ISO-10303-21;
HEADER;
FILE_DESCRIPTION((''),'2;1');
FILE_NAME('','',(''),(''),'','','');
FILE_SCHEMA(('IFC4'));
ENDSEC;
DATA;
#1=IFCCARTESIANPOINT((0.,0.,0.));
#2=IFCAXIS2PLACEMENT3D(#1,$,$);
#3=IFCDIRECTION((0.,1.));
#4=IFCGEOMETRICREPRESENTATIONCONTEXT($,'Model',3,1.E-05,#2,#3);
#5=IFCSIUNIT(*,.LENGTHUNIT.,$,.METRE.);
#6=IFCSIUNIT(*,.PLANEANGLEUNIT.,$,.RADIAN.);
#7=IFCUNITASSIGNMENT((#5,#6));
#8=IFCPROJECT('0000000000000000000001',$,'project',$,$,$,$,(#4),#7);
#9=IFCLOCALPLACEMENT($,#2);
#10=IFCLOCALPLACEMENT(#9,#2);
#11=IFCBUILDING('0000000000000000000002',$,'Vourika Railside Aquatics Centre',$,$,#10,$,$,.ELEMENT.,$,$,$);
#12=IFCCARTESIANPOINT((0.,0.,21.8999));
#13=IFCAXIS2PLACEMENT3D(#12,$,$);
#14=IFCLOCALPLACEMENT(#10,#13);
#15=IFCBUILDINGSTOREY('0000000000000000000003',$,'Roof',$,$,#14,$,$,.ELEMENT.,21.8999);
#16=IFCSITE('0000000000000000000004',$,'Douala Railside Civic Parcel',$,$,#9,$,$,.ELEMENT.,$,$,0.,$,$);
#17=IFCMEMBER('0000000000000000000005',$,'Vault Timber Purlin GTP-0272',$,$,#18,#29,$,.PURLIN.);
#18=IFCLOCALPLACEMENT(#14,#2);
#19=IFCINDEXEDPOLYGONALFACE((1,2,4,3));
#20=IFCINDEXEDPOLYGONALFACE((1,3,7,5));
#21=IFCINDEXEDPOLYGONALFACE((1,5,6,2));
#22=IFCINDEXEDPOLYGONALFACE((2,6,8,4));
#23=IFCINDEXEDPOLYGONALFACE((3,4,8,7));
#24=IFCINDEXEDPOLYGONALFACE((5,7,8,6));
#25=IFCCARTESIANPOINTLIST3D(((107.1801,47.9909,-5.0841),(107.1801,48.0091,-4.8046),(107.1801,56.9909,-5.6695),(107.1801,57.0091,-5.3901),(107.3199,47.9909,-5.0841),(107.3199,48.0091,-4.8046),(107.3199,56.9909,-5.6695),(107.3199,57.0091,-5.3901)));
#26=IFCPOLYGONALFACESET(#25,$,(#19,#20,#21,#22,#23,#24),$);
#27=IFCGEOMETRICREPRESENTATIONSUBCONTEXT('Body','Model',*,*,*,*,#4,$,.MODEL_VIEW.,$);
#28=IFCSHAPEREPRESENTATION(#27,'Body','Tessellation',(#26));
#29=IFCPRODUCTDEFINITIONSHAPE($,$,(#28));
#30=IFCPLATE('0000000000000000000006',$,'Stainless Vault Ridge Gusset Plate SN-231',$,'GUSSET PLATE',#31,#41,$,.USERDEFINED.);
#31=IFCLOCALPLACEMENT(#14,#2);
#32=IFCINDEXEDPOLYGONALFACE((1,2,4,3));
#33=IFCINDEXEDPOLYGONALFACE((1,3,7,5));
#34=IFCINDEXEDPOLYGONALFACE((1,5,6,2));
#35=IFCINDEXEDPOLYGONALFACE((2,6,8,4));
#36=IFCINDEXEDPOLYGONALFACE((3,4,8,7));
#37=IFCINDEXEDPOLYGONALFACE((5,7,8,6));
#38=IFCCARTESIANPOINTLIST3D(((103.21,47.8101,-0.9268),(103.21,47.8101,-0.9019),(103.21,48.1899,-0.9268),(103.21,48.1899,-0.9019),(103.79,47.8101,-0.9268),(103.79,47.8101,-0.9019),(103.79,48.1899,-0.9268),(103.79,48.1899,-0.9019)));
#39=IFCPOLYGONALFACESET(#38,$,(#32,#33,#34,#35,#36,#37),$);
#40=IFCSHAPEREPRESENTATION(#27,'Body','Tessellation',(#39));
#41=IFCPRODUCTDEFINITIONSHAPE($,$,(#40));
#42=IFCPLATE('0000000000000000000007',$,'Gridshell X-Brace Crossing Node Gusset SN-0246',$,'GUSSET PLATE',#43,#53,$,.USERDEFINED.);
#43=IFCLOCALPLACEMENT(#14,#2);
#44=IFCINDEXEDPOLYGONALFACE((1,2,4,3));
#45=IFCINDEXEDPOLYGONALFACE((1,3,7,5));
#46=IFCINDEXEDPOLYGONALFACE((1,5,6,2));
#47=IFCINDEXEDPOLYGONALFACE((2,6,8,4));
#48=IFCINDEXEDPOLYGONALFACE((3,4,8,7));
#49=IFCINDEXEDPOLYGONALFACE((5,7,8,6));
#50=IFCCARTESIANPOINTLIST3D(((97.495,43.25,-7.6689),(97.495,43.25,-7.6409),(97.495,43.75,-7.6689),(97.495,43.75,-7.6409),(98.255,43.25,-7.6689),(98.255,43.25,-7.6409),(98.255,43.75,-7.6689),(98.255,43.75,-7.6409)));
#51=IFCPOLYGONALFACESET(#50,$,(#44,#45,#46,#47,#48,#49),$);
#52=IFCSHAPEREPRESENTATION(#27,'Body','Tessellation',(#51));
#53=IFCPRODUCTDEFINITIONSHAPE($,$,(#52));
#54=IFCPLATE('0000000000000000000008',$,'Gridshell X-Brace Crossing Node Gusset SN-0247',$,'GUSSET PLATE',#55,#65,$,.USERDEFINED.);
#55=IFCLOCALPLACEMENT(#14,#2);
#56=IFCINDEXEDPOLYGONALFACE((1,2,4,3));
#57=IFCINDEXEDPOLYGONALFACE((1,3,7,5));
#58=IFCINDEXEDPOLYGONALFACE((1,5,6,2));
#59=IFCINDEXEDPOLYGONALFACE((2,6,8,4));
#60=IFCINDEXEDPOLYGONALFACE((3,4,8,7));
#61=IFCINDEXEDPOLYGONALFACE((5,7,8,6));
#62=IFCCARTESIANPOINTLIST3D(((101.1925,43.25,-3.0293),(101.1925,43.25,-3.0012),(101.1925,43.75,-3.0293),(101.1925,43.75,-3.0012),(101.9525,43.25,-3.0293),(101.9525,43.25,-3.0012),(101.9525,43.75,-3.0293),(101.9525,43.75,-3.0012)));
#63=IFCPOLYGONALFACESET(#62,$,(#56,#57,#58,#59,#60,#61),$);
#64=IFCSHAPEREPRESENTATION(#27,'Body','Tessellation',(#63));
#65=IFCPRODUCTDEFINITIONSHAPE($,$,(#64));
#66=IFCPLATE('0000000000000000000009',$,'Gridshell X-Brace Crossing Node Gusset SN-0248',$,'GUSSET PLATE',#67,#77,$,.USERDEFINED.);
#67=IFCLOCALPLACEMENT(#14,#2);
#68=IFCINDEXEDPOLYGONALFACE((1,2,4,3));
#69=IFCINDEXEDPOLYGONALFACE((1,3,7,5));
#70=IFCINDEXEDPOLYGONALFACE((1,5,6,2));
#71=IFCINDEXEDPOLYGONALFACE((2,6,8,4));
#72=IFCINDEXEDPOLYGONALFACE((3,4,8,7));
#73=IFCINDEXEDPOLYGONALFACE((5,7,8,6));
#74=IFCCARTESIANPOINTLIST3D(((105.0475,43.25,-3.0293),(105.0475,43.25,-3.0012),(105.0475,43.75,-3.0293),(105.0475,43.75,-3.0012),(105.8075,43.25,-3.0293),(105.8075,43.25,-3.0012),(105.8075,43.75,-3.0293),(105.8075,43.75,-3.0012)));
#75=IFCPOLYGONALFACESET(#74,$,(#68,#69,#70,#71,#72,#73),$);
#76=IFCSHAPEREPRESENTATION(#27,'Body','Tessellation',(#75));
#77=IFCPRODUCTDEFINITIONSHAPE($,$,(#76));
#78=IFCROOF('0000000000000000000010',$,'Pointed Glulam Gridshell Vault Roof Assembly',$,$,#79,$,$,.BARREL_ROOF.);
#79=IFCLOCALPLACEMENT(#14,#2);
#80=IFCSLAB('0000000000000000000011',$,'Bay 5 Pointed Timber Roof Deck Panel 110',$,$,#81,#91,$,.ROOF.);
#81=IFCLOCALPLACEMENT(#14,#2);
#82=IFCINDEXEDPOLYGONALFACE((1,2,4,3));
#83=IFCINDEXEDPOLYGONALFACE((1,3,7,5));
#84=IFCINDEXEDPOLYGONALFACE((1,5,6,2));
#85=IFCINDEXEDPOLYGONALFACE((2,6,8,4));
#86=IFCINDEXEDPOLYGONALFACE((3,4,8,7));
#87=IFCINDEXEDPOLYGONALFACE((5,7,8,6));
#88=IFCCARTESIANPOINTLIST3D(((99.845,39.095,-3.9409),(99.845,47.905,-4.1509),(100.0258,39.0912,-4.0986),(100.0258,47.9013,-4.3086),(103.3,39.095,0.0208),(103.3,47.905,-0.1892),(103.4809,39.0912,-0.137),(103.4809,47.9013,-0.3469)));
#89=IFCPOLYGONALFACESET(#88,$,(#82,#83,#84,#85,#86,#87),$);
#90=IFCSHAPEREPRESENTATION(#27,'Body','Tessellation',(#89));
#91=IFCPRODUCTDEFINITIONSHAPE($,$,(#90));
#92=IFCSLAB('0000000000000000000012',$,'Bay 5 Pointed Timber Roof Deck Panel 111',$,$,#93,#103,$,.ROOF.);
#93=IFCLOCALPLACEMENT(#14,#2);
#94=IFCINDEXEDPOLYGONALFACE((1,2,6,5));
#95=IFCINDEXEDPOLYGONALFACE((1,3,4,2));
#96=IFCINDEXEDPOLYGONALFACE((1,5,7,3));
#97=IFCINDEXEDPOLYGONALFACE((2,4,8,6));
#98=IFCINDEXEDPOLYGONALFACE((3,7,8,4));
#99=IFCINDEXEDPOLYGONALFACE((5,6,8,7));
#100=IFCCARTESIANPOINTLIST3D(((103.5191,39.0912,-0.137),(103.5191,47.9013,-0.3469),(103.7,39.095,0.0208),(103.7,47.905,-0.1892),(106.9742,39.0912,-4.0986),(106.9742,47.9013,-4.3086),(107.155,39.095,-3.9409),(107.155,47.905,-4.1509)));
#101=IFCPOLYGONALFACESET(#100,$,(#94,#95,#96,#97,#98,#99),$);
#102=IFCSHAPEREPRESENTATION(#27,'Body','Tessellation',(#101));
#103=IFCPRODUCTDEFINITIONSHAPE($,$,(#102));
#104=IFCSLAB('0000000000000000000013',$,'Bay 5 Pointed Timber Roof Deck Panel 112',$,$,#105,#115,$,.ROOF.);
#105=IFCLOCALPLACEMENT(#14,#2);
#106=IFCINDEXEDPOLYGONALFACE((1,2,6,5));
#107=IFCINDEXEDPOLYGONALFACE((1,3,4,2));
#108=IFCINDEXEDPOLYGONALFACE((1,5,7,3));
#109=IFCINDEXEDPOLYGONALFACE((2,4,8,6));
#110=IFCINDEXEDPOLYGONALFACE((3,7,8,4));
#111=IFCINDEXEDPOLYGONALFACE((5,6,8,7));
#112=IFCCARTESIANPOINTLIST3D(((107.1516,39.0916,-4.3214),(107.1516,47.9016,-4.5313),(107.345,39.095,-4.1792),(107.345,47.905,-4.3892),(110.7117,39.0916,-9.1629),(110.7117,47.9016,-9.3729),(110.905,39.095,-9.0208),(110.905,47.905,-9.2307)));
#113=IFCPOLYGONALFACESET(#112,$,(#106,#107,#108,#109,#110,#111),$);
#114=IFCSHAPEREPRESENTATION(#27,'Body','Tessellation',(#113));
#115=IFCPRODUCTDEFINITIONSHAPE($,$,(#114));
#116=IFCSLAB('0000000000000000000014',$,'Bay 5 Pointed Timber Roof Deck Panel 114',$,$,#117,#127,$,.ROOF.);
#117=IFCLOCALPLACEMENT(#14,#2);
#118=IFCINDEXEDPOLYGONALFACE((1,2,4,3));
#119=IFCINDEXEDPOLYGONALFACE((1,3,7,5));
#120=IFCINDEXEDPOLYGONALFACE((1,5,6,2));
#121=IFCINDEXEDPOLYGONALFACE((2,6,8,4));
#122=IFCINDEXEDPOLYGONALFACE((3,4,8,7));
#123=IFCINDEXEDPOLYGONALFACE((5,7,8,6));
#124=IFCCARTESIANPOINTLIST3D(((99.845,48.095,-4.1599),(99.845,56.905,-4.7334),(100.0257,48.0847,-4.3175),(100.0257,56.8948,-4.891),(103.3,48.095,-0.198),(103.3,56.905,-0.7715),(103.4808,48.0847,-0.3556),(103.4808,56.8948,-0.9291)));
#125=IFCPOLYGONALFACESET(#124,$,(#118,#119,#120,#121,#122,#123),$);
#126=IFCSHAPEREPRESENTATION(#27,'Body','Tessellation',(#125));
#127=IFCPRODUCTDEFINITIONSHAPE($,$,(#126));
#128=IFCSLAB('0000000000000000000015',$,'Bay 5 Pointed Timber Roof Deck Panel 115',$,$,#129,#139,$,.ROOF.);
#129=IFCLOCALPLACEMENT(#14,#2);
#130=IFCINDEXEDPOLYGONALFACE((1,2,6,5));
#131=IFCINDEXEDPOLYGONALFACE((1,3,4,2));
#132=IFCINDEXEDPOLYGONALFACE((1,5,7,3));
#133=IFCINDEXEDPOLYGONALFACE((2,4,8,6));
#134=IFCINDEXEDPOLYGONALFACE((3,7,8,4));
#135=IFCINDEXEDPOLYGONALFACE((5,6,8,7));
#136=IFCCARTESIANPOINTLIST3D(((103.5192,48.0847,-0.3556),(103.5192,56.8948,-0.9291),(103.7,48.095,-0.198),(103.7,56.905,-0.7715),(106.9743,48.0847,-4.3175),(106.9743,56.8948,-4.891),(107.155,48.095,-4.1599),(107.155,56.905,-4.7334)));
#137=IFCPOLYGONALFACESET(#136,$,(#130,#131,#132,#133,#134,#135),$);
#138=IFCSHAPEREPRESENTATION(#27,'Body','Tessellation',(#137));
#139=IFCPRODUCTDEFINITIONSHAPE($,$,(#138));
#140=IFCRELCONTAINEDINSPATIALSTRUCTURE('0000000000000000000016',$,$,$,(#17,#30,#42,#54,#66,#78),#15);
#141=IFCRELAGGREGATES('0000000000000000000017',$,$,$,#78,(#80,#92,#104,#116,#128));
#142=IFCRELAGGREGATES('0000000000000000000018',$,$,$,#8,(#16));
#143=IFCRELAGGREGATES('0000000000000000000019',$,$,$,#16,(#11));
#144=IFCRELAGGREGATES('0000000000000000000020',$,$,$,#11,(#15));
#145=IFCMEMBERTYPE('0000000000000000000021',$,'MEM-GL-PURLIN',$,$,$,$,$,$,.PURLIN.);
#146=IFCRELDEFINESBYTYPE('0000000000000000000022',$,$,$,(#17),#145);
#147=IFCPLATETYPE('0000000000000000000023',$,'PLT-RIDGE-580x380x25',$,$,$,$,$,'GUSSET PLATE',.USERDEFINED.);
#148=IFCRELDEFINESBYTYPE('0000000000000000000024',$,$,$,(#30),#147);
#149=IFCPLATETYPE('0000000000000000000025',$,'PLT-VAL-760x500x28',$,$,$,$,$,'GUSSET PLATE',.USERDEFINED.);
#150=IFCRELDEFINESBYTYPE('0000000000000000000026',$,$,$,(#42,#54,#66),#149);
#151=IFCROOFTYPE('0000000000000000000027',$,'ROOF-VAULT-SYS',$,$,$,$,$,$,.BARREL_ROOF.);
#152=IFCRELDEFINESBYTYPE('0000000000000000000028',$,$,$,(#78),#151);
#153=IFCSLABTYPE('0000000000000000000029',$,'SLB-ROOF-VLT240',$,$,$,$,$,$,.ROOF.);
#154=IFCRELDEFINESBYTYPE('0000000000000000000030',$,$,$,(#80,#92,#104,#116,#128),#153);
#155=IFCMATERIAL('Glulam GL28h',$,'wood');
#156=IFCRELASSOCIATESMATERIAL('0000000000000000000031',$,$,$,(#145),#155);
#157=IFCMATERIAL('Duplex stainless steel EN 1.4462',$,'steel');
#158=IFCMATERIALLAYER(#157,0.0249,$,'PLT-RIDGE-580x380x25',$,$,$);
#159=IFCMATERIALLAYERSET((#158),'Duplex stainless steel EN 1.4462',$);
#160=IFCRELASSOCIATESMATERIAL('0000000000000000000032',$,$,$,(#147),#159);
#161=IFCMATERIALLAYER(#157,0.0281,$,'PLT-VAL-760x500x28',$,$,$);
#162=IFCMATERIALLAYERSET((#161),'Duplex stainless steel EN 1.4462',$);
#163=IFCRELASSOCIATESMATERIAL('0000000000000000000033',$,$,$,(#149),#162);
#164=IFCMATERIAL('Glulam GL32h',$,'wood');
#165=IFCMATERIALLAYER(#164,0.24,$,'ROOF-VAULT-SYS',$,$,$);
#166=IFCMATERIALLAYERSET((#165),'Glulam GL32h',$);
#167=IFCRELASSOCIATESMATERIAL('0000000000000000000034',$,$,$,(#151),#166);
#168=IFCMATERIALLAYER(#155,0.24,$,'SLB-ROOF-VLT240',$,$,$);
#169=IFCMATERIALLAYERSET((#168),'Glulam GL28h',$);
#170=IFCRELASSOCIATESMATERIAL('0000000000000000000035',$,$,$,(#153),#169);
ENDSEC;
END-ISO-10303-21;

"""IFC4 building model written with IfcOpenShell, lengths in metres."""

from ifc_helpers import new_model, si_unit, direction, frame, origin, origin_2d, place, context, subcontext, project, spatial, polyline, rectangle, outline, extrude, material, layer, layer_set, material_profile, profile_set, type_object, element, aggregate, save


model = new_model("IFC4")

# Units and contexts
model_context = context("Model", 3, precision=1e-05, world=origin(), true_north=direction((0.0, 1.0)))
body_context = subcontext(model_context, "Body", "Model", "MODEL_VIEW")
ifc_project = project(units=[si_unit("LENGTHUNIT", "METRE"), si_unit("PLANEANGLEUNIT", "RADIAN")], contexts=[model_context])

# Site, building, storey
site_placement = place(None, origin())
site = spatial("IfcSite", under=ifc_project, at=site_placement, Name="Douala Railside Civic Parcel", CompositionType="ELEMENT", RefElevation=0.0)
building_placement = place(site_placement, origin())
building = spatial("IfcBuilding", under=site, at=building_placement, Name="Vourika Railside Aquatics Centre", CompositionType="ELEMENT")
storey_placement = place(building_placement, frame((0.0, 0.0, 21.8999)))
storey = spatial("IfcBuildingStorey", under=building, at=storey_placement, Name="Roof", CompositionType="ELEMENT", Elevation=21.8999)

# Shared definitions
ifc_material_1 = material(Name="Glulam GL32h", Category="wood")

# Member
ifc_material_2 = material(Name="Glulam GL28h", Category="wood")
ifc_material_profile_1 = material_profile(ifc_material_2, rectangle(XDim=0.1399, YDim=0.28, at=origin_2d()), Name="GL28h 140x280")
ifc_profile_set_1 = profile_set([ifc_material_profile_1], Name="Glulam GL28h")
member_type_1 = type_object("IfcMemberType", Name="MEM-GL-PURLIN", PredefinedType="PURLIN", material=ifc_profile_set_1)
for number, where, z_axis, x_axis, name in (
    (1, (107.25, 48.0, -4.9443), (0.0, 0.997891, -0.064913), (-1.0, 0.0, 0.0), "Vault Timber Purlin GTP-0272"),
):
    element("IfcMember", number, at=place(storey_placement, frame(where, z_axis=z_axis, x_axis=x_axis)), inside=storey, type_object=member_type_1, Name=name, PredefinedType="PURLIN", context=body_context, shape_type="SweptSolid", body=[
        extrude(rectangle(XDim=0.1399, YDim=0.28, at=origin_2d()), origin(), (0.0, 0.0, 1.0), 9.019),
    ])

# Plates
ifc_material_3 = material(Name="Duplex stainless steel EN 1.4462", Category="steel")
ifc_layer_1 = layer(ifc_material_3, 0.0249, Name="PLT-RIDGE-580x380x25")
ifc_layer_set_1 = layer_set([ifc_layer_1], Name="Duplex stainless steel EN 1.4462")
plate_type_1 = type_object("IfcPlateType", Name="PLT-RIDGE-580x380x25", ElementType="GUSSET PLATE", PredefinedType="USERDEFINED", material=ifc_layer_set_1)
plate_placement = place(storey_placement, frame((103.5, 48.0, -0.9268), z_axis=(0.0, 0.0, 1.0), x_axis=(1.0, 0.0, 0.0)))
element("IfcPlate", 2, at=plate_placement, inside=storey, type_object=plate_type_1, Name="Stainless Vault Ridge Gusset Plate SN-231", ObjectType="GUSSET PLATE", PredefinedType="USERDEFINED", context=body_context, shape_type="SweptSolid", body=[
    extrude(rectangle(XDim=0.5801, YDim=0.3799, at=origin_2d()), origin(), (0.0, 0.0, 1.0), 0.0249),
])
ifc_layer_2 = layer(ifc_material_3, 0.0281, Name="PLT-VAL-760x500x28")
ifc_layer_set_2 = layer_set([ifc_layer_2], Name="Duplex stainless steel EN 1.4462")
plate_type_2 = type_object("IfcPlateType", Name="PLT-VAL-760x500x28", ElementType="GUSSET PLATE", PredefinedType="USERDEFINED", material=ifc_layer_set_2)
for number, where, z_axis, x_axis, name in (
    (3, (97.875, 43.5, -7.6689), (0.0, 0.0, 1.0), (1.0, 0.0, 0.0), "Gridshell X-Brace Crossing Node Gusset SN-0246"),
    (4, (101.5725, 43.5, -3.0293), (0.0, 0.0, 1.0), (1.0, 0.0, 0.0), "Gridshell X-Brace Crossing Node Gusset SN-0247"),
    (5, (105.4275, 43.5, -3.0293), (0.0, 0.0, 1.0), (1.0, 0.0, 0.0), "Gridshell X-Brace Crossing Node Gusset SN-0248"),
):
    element("IfcPlate", number, at=place(storey_placement, frame(where, z_axis=z_axis, x_axis=x_axis)), inside=storey, type_object=plate_type_2, Name=name, ObjectType="GUSSET PLATE", PredefinedType="USERDEFINED", context=body_context, shape_type="SweptSolid", body=[
        extrude(rectangle(XDim=0.76, YDim=0.5, at=origin_2d()), origin(), (0.0, 0.0, 1.0), 0.0281),
    ])

# Roof, slabs
ifc_layer_3 = layer(ifc_material_1, 0.24, Name="ROOF-VAULT-SYS")
ifc_layer_set_3 = layer_set([ifc_layer_3], Name="Glulam GL32h")
roof_type = type_object("IfcRoofType", Name="ROOF-VAULT-SYS", PredefinedType="BARREL_ROOF", material=ifc_layer_set_3)
roof_placement = place(storey_placement, origin())
roof = element("IfcRoof", 6, at=roof_placement, inside=storey, type_object=roof_type, Name="Pointed Glulam Gridshell Vault Roof Assembly", PredefinedType="BARREL_ROOF")
ifc_layer_4 = layer(ifc_material_2, 0.24, Name="SLB-ROOF-VLT240")
ifc_layer_set_4 = layer_set([ifc_layer_4], Name="Glulam GL28h")
slab_type = type_object("IfcSlabType", Name="SLB-ROOF-VLT240", PredefinedType="ROOF", material=ifc_layer_set_4)
slab_1_placement = place(storey_placement, frame((99.845, 39.095, -3.9409), z_axis=(-0.753556, 0.015662, 0.657197), x_axis=(0.657277, 0.0, 0.753649)))
slab_1 = element("IfcSlab", 7, at=slab_1_placement, type_object=slab_type, Name="Bay 5 Pointed Timber Roof Deck Panel 110", PredefinedType="ROOF", context=body_context, shape_type="SweptSolid", body=[
    extrude(outline(polyline([(0.0, 0.0), (5.2567, 0.0), (5.0984, 8.8111), (-0.1582, 8.8111), (0.0, 0.0)])), origin(), (0.0, 0.0, -1.0), 0.24),
])
slab_2_placement = place(storey_placement, frame((103.7, 39.095, 0.0208), z_axis=(0.753556, 0.015662, 0.657197), x_axis=(0.657277, 0.0, -0.753649)))
slab_2 = element("IfcSlab", 8, at=slab_2_placement, type_object=slab_type, Name="Bay 5 Pointed Timber Roof Deck Panel 111", PredefinedType="ROOF", context=body_context, shape_type="SweptSolid", body=[
    extrude(outline(polyline([(0.0, 0.0), (5.2567, 0.0), (5.4149, 8.8111), (0.1582, 8.8111), (0.0, 0.0)])), origin(), (0.0, 0.0, -1.0), 0.24),
])
slab_3_placement = place(storey_placement, frame((107.345, 39.095, -4.1792), z_axis=(0.805563, 0.014117, 0.592342), x_axis=(0.592401, 0.0, -0.805644)))
slab_3 = element("IfcSlab", 9, at=slab_3_placement, type_object=slab_type, Name="Bay 5 Pointed Timber Roof Deck Panel 112", PredefinedType="ROOF", context=body_context, shape_type="SweptSolid", body=[
    extrude(outline(polyline([(0.0, 0.0), (6.0095, 0.0), (6.1787, 8.8109), (0.1692, 8.8109), (0.0, 0.0)])), origin(), (0.0, 0.0, -1.0), 0.24),
])
slab_4_placement = place(storey_placement, frame((99.845, 48.095, -4.1599), z_axis=(-0.75298, 0.042745, 0.656654), x_axis=(0.657254, 0.0, 0.753669)))
slab_4 = element("IfcSlab", 10, at=slab_4_placement, type_object=slab_type, Name="Bay 5 Pointed Timber Roof Deck Panel 114", PredefinedType="ROOF", context=body_context, shape_type="SweptSolid", body=[
    extrude(outline(polyline([(0.0, 0.0), (5.2568, 0.0), (4.8246, 8.8181), (-0.4322, 8.8181), (0.0, 0.0)])), origin(), (0.0, 0.0, -1.0), 0.24),
])
slab_5_placement = place(storey_placement, frame((103.7, 48.095, -0.198), z_axis=(0.75298, 0.042745, 0.656654), x_axis=(0.657254, 0.0, -0.753669)))
slab_5 = element("IfcSlab", 11, at=slab_5_placement, type_object=slab_type, Name="Bay 5 Pointed Timber Roof Deck Panel 115", PredefinedType="ROOF", context=body_context, shape_type="SweptSolid", body=[
    extrude(outline(polyline([(0.0, 0.0), (5.2568, 0.0), (5.6891, 8.8181), (0.4322, 8.8181), (0.0, 0.0)])), origin(), (0.0, 0.0, -1.0), 0.24),
])
aggregate(roof, [slab_1, slab_2, slab_3, slab_4, slab_5])

save(model, "model.ifc")
